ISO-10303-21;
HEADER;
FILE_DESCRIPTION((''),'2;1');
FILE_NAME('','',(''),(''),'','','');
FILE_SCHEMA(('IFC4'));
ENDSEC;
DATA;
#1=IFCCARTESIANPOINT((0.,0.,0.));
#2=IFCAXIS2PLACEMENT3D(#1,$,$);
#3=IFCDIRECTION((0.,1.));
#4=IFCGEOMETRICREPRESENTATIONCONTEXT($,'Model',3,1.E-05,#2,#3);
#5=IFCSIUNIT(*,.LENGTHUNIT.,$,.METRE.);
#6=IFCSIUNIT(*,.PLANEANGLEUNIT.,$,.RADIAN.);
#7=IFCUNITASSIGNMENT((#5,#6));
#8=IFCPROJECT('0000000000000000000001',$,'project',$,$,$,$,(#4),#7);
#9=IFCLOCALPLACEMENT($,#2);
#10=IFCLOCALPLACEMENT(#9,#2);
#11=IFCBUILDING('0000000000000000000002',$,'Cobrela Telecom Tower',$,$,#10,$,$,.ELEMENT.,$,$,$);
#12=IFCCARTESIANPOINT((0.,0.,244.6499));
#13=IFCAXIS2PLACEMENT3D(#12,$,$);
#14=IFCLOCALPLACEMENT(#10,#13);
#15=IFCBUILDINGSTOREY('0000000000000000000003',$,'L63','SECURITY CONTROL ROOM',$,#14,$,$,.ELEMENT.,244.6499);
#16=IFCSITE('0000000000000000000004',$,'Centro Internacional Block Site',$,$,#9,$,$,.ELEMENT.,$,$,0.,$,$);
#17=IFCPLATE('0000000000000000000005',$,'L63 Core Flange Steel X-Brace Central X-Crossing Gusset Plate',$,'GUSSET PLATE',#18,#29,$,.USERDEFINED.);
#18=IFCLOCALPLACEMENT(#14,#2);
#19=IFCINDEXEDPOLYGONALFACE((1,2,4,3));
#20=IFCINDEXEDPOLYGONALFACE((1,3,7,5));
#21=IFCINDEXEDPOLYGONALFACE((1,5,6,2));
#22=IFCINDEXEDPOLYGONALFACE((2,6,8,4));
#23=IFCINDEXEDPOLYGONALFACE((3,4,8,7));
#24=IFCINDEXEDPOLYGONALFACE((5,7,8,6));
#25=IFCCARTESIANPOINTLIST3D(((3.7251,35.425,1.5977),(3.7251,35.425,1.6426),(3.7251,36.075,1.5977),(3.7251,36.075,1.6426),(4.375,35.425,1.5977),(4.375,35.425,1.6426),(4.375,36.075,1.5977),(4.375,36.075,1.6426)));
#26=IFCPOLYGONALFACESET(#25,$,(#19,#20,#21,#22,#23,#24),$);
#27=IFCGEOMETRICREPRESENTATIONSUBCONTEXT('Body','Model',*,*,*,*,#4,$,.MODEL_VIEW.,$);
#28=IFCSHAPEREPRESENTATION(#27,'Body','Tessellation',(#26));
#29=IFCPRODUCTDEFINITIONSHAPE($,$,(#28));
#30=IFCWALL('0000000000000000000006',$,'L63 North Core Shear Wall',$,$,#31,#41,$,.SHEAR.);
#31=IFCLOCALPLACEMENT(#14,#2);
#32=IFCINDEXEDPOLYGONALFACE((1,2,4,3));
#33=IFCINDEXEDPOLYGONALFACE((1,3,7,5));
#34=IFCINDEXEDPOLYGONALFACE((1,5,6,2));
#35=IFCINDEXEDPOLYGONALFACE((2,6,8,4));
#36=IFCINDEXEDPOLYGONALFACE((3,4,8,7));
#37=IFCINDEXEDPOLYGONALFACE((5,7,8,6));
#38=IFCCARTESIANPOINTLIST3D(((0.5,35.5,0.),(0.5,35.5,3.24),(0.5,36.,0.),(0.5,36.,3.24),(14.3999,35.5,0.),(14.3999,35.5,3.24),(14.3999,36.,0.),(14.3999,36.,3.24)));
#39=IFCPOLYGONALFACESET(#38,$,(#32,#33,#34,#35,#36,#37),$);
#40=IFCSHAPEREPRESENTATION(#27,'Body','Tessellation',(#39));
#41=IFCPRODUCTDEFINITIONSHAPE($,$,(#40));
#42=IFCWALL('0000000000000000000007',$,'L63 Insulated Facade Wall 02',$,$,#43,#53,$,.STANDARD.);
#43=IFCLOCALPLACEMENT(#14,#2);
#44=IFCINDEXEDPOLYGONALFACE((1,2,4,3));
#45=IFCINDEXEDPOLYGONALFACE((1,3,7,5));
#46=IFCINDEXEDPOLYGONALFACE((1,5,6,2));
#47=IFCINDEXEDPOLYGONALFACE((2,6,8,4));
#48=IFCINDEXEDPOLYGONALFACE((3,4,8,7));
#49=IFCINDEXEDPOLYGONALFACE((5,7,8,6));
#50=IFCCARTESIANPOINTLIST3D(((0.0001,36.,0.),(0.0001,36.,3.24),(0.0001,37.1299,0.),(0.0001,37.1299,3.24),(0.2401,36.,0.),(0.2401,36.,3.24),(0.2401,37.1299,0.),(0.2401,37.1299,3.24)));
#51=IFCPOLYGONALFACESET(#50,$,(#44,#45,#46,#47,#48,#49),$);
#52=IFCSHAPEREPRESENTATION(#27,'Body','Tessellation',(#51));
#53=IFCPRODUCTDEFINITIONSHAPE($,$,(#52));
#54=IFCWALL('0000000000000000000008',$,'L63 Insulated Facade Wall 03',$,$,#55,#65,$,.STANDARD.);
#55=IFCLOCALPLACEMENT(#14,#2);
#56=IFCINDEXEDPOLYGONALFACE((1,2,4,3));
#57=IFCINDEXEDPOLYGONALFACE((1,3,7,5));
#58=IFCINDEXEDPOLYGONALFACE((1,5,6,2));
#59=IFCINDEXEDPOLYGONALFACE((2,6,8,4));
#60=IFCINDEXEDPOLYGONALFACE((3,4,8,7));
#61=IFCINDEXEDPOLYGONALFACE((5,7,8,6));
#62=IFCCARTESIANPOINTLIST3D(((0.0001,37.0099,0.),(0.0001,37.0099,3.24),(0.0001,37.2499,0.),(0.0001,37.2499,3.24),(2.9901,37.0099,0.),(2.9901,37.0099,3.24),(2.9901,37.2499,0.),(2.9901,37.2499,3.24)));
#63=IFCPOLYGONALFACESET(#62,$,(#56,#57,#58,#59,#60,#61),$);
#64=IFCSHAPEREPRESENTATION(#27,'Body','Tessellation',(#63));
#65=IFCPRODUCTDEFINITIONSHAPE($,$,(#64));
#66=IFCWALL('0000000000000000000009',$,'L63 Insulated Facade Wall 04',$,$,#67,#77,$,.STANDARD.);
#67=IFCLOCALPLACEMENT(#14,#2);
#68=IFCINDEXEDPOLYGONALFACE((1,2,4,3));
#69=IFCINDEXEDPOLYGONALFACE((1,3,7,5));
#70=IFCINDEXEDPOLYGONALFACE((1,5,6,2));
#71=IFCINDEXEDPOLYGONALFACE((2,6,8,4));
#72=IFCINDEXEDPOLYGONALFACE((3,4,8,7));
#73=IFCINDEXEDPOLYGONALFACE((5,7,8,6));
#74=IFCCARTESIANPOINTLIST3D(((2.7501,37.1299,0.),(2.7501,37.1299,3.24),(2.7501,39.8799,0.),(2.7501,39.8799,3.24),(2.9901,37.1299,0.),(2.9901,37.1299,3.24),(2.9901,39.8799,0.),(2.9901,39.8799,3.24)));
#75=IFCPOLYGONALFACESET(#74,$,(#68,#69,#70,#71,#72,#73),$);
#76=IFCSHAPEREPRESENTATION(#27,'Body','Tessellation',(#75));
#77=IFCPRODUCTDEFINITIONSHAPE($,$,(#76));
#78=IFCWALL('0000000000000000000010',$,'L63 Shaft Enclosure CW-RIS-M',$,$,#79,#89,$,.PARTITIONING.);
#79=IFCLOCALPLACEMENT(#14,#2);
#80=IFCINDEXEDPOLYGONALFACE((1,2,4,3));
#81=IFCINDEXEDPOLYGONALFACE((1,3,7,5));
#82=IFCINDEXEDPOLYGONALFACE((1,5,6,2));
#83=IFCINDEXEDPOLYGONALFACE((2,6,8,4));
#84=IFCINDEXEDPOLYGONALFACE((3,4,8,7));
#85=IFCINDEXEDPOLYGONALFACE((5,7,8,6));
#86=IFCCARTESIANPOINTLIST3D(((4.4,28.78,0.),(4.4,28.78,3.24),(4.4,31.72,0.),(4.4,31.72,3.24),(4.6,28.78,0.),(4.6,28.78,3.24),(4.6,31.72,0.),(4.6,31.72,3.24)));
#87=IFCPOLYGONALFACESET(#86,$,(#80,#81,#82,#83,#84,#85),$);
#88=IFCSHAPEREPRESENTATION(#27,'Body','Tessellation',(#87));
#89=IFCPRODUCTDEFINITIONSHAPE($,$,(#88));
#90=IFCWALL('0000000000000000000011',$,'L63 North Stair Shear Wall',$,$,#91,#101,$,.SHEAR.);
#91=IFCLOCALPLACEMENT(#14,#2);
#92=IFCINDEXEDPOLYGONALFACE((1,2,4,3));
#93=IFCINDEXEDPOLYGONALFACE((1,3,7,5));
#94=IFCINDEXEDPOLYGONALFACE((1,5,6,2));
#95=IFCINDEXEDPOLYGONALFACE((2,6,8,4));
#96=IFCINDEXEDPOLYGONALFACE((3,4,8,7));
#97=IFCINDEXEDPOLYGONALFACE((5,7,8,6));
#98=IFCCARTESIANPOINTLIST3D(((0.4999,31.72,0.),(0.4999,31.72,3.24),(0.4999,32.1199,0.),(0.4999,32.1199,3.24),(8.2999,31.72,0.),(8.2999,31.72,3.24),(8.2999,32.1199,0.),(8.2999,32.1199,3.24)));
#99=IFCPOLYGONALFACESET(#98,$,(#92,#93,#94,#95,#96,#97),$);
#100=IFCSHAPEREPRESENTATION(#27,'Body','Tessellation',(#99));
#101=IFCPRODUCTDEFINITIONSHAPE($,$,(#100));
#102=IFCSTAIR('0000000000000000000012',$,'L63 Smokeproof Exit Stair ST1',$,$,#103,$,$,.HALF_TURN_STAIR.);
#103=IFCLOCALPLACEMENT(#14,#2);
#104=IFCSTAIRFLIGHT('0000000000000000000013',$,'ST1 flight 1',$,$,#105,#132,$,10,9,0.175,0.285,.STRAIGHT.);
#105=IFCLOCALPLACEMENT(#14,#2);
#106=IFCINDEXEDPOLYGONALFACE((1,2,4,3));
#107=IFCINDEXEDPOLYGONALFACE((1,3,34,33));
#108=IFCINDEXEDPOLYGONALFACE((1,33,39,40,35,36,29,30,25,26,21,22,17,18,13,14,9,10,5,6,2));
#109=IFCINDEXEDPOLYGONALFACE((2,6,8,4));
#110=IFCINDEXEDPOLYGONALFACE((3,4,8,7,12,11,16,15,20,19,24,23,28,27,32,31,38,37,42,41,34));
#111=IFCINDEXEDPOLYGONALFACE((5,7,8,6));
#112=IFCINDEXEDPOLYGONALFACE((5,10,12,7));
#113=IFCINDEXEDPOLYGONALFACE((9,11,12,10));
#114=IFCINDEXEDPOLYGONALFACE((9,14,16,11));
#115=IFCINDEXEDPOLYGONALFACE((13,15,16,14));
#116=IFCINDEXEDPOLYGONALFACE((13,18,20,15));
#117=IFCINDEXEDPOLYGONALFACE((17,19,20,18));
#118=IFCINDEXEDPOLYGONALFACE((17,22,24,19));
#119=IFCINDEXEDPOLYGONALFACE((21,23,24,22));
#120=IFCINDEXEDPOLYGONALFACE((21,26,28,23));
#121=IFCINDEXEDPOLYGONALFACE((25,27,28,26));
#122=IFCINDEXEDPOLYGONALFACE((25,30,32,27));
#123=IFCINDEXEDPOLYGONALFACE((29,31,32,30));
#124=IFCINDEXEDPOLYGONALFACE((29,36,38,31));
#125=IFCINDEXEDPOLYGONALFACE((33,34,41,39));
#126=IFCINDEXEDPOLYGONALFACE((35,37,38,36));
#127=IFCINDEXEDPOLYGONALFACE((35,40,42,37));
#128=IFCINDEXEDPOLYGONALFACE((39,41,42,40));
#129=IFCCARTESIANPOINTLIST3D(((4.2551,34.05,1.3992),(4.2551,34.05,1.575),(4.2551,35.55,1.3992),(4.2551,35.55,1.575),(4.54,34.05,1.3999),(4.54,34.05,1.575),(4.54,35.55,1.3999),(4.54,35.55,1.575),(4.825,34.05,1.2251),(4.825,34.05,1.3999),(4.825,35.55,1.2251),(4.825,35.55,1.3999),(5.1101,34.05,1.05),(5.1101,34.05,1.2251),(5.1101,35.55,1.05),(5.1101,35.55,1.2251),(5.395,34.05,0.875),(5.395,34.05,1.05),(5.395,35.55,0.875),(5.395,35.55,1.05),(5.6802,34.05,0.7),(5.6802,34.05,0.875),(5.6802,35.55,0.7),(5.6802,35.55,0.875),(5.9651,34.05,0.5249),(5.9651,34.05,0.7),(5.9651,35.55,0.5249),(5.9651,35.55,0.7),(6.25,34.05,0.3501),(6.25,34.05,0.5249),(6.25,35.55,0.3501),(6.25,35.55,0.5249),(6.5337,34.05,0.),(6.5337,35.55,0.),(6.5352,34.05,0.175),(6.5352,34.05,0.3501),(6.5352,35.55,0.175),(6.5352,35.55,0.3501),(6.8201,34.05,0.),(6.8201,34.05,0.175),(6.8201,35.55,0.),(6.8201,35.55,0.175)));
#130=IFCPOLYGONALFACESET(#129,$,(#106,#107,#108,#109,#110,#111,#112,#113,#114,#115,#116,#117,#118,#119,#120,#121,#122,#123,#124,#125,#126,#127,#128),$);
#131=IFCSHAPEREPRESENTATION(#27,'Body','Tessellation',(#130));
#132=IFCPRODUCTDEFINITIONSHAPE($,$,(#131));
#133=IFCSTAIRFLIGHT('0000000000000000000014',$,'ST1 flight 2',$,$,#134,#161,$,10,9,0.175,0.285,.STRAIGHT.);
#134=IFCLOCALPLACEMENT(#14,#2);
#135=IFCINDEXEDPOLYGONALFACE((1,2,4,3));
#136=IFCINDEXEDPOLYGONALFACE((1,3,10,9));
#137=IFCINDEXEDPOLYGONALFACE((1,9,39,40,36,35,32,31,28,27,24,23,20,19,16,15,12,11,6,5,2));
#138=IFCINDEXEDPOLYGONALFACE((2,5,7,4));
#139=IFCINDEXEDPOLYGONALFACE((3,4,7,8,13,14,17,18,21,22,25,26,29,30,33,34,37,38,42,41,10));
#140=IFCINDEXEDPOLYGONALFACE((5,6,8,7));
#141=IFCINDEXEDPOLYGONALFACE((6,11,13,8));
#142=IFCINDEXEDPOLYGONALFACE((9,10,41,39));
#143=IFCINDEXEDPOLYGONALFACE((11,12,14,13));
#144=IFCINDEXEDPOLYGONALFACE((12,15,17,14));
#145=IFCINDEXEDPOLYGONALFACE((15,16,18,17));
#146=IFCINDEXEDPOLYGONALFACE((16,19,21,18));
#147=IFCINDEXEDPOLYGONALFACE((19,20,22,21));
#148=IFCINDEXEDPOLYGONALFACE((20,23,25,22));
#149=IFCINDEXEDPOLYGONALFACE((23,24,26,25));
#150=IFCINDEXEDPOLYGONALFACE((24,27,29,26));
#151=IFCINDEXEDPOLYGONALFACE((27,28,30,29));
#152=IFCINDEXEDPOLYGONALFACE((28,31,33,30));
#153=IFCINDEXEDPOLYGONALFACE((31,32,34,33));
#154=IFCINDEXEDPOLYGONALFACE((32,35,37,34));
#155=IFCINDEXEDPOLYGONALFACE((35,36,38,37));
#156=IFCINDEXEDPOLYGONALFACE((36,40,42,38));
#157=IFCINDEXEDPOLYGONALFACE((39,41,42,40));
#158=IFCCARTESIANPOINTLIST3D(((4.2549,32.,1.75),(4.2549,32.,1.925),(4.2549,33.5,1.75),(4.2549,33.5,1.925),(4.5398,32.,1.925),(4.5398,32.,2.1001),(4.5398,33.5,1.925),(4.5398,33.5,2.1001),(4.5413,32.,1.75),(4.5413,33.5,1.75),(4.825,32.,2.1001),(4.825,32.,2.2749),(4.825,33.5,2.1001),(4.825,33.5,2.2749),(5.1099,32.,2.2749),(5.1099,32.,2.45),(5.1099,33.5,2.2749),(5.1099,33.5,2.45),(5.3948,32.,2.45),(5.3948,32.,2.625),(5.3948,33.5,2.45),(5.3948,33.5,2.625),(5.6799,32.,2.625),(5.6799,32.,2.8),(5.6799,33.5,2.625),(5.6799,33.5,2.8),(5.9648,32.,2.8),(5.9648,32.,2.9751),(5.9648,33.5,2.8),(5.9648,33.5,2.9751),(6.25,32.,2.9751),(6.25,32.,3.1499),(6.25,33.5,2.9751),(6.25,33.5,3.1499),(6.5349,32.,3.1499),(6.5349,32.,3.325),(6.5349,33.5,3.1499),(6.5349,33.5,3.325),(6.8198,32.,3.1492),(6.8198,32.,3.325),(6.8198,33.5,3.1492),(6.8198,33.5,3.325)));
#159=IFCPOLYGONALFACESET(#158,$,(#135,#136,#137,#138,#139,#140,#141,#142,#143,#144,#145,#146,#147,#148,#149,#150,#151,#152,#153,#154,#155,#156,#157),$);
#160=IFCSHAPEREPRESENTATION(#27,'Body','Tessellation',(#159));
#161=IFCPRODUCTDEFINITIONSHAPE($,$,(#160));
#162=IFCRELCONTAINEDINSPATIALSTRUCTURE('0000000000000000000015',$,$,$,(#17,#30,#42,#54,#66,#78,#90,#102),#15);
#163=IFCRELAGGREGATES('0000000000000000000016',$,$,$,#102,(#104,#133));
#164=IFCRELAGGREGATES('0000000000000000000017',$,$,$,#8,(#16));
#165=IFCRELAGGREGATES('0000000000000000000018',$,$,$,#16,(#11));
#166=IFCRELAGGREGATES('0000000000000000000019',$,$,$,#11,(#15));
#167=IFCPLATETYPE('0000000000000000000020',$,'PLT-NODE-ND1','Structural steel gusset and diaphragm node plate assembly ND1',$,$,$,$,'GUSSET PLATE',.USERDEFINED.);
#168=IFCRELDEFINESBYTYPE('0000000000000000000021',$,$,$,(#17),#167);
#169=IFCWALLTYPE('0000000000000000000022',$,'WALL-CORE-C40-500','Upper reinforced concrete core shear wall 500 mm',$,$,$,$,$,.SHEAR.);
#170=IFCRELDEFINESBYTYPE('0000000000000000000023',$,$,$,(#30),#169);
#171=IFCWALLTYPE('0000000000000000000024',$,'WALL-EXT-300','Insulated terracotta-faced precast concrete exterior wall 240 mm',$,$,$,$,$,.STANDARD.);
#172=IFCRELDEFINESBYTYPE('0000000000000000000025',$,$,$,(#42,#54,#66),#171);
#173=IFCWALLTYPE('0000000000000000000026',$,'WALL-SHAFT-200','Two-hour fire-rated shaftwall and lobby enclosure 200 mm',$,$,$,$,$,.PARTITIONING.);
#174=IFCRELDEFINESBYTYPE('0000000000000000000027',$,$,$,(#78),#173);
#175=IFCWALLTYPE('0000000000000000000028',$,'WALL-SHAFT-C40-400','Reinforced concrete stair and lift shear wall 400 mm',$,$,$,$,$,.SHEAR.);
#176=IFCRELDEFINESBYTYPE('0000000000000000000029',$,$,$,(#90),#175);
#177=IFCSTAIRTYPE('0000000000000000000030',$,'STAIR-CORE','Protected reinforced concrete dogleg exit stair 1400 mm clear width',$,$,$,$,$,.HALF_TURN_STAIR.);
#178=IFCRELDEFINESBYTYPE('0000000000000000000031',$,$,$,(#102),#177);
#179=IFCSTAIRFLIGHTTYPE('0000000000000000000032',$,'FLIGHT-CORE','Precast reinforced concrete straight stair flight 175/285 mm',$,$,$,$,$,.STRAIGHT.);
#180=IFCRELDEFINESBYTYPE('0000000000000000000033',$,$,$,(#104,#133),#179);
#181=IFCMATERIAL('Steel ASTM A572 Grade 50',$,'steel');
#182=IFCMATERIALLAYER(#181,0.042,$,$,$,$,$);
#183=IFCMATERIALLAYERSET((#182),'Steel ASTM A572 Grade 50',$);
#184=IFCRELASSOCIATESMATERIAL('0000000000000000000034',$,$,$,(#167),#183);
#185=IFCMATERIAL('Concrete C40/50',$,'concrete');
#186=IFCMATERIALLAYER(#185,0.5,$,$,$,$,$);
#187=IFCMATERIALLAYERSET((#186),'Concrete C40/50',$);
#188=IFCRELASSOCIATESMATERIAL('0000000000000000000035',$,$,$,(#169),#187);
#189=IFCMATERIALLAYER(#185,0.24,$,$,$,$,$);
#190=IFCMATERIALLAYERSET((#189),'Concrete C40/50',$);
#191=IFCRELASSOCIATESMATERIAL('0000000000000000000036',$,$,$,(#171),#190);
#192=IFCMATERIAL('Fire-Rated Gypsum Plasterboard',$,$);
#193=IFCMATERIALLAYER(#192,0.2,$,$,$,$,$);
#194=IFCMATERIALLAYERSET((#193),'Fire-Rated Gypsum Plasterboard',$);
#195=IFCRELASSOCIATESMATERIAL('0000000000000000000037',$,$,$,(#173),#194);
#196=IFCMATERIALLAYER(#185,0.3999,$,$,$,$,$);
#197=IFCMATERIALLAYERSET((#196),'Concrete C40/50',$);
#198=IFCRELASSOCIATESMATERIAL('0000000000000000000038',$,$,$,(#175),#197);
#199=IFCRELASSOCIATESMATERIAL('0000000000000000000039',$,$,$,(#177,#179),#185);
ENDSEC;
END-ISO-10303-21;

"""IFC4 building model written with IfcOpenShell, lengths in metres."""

from ifc_helpers import new_model, si_unit, direction, frame, frame_2d, origin, origin_2d, place, context, subcontext, project, spatial, polyline, rectangle, outline, extrude, material, layer, layer_set, type_object, element, aggregate, save


model = new_model("IFC4")

# Units and contexts
model_context = context("Model", 3, precision=1e-05, world=origin(), true_north=direction((0.0, 1.0)))
body_context = subcontext(model_context, "Body", "Model", "MODEL_VIEW")
ifc_project = project(units=[si_unit("LENGTHUNIT", "METRE"), si_unit("PLANEANGLEUNIT", "RADIAN")], contexts=[model_context])

# Site, building, storey
site_placement = place(None, origin())
site = spatial("IfcSite", under=ifc_project, at=site_placement, Name="Centro Internacional Block Site", CompositionType="ELEMENT", RefElevation=0.0)
building_placement = place(site_placement, origin())
building = spatial("IfcBuilding", under=site, at=building_placement, Name="Cobrela Telecom Tower", CompositionType="ELEMENT")
storey_placement = place(building_placement, frame((0.0, 0.0, 244.6499)))
storey = spatial("IfcBuildingStorey", under=building, at=storey_placement, Name="L63", Description="SECURITY CONTROL ROOM", CompositionType="ELEMENT", Elevation=244.6499)

# Shared definitions
ifc_material_1 = material(Name="Steel ASTM A572 Grade 50", Category="steel")

# Plate
ifc_layer_1 = layer(ifc_material_1, 0.042)
ifc_layer_set_1 = layer_set([ifc_layer_1], Name="Steel ASTM A572 Grade 50")
plate_type_1 = type_object("IfcPlateType", Name="PLT-NODE-ND1", Description="Structural steel gusset and diaphragm node plate assembly ND1", ElementType="GUSSET PLATE", PredefinedType="USERDEFINED", material=ifc_layer_set_1)
plate_1_placement = place(storey_placement, frame((4.05, 35.75, 1.5977), z_axis=(0.0, 0.0, 1.0), x_axis=(1.0, 0.0, 0.0)))
element("IfcPlate", 1, at=plate_1_placement, inside=storey, type_object=plate_type_1, Name="L63 Core Flange Steel X-Brace Central X-Crossing Gusset Plate", ObjectType="GUSSET PLATE", PredefinedType="USERDEFINED", context=body_context, shape_type="SweptSolid", body=[
    extrude(rectangle(XDim=0.6499, YDim=0.6499, at=origin_2d()), origin(), (0.0, 0.0, 1.0), 0.0449),
])

# Walls
ifc_material_2 = material(Name="Concrete C40/50", Category="concrete")
ifc_layer_2 = layer(ifc_material_2, 0.5)
ifc_layer_set_2 = layer_set([ifc_layer_2], Name="Concrete C40/50")
wall_type_1 = type_object("IfcWallType", Name="WALL-CORE-C40-500", Description="Upper reinforced concrete core shear wall 500 mm", PredefinedType="SHEAR", material=ifc_layer_set_2)
wall_1_placement = place(storey_placement, frame((0.5, 35.75, 0.0), z_axis=(0.0, 0.0, 1.0), x_axis=(1.0, 0.0, 0.0)))
element("IfcWall", 2, at=wall_1_placement, inside=storey, type_object=wall_type_1, Name="L63 North Core Shear Wall", PredefinedType="SHEAR", context=body_context, shape_type="SweptSolid", body=[
    extrude(rectangle(XDim=13.8999, YDim=0.5, at=frame_2d((6.95, 0.0))), origin(), (0.0, 0.0, 1.0), 3.24),
])
ifc_layer_3 = layer(ifc_material_2, 0.24)
ifc_layer_set_3 = layer_set([ifc_layer_3], Name="Concrete C40/50")
wall_type_2 = type_object("IfcWallType", Name="WALL-EXT-300", Description="Insulated terracotta-faced precast concrete exterior wall 240 mm", PredefinedType="STANDARD", material=ifc_layer_set_3)
wall_2_placement = place(storey_placement, frame((0.1201, 36.0, 0.0), z_axis=(0.0, 0.0, 1.0), x_axis=(0.0, 1.0, 0.0)))
element("IfcWall", 3, at=wall_2_placement, inside=storey, type_object=wall_type_2, Name="L63 Insulated Facade Wall 02", PredefinedType="STANDARD", context=body_context, shape_type="SweptSolid", body=[
    extrude(rectangle(XDim=1.1299, YDim=0.24, at=frame_2d((0.5649, 0.0))), origin(), (0.0, 0.0, 1.0), 3.24),
])
wall_3_placement = place(storey_placement, frame((0.0, 37.1299, 0.0), z_axis=(0.0, 0.0, 1.0), x_axis=(1.0, 0.0, 0.0)))
element("IfcWall", 4, at=wall_3_placement, inside=storey, type_object=wall_type_2, Name="L63 Insulated Facade Wall 03", PredefinedType="STANDARD", context=body_context, shape_type="SweptSolid", body=[
    extrude(rectangle(XDim=2.99, YDim=0.24, at=frame_2d((1.4951, 0.0))), origin(), (0.0, 0.0, 1.0), 3.24),
])
wall_4_placement = place(storey_placement, frame((2.8701, 37.1299, 0.0), z_axis=(0.0, 0.0, 1.0), x_axis=(0.0, 1.0, 0.0)))
element("IfcWall", 5, at=wall_4_placement, inside=storey, type_object=wall_type_2, Name="L63 Insulated Facade Wall 04", PredefinedType="STANDARD", context=body_context, shape_type="SweptSolid", body=[
    extrude(rectangle(XDim=2.75, YDim=0.24, at=frame_2d((1.375, 0.0))), origin(), (0.0, 0.0, 1.0), 3.24),
])

# Shared definitions
ifc_material_3 = material(Name="Fire-Rated Gypsum Plasterboard")
ifc_layer_4 = layer(ifc_material_3, 0.2)
ifc_layer_set_4 = layer_set([ifc_layer_4], Name="Fire-Rated Gypsum Plasterboard")
wall_type_3 = type_object("IfcWallType", Name="WALL-SHAFT-200", Description="Two-hour fire-rated shaftwall and lobby enclosure 200 mm", PredefinedType="PARTITIONING", material=ifc_layer_set_4)

# Walls
wall_5_placement = place(storey_placement, frame((4.5, 28.78, 0.0), z_axis=(0.0, 0.0, 1.0), x_axis=(0.0, 1.0, 0.0)))
element("IfcWall", 6, at=wall_5_placement, inside=storey, type_object=wall_type_3, Name="L63 Shaft Enclosure CW-RIS-M", PredefinedType="PARTITIONING", context=body_context, shape_type="SweptSolid", body=[
    extrude(rectangle(XDim=2.9399, YDim=0.2, at=frame_2d((1.47, 0.0))), origin(), (0.0, 0.0, 1.0), 3.24),
])
ifc_layer_5 = layer(ifc_material_2, 0.3999)
ifc_layer_set_5 = layer_set([ifc_layer_5], Name="Concrete C40/50")
wall_type_4 = type_object("IfcWallType", Name="WALL-SHAFT-C40-400", Description="Reinforced concrete stair and lift shear wall 400 mm", PredefinedType="SHEAR", material=ifc_layer_set_5)
wall_6_placement = place(storey_placement, frame((0.5, 31.9199, 0.0), z_axis=(0.0, 0.0, 1.0), x_axis=(1.0, 0.0, 0.0)))
element("IfcWall", 7, at=wall_6_placement, inside=storey, type_object=wall_type_4, Name="L63 North Stair Shear Wall", PredefinedType="SHEAR", context=body_context, shape_type="SweptSolid", body=[
    extrude(rectangle(XDim=7.8, YDim=0.3999, at=frame_2d((3.8999, 0.0))), origin(), (0.0, 0.0, 1.0), 3.24),
])

# Stair, stair flights
stair_type = type_object("IfcStairType", Name="STAIR-CORE", Description="Protected reinforced concrete dogleg exit stair 1400 mm clear width", PredefinedType="HALF_TURN_STAIR", material=ifc_material_2)
stair_placement = place(storey_placement, origin())
stair = element("IfcStair", 8, at=stair_placement, inside=storey, type_object=stair_type, Name="L63 Smokeproof Exit Stair ST1", PredefinedType="HALF_TURN_STAIR")
stair_flight_type = type_object("IfcStairFlightType", Name="FLIGHT-CORE", Description="Precast reinforced concrete straight stair flight 175/285 mm", PredefinedType="STRAIGHT", material=ifc_material_2)
stair_flight_1_placement = place(storey_placement, frame((6.8201, 34.8, 0.0), z_axis=(0.0, 0.0, 1.0), x_axis=(-1.0, 0.0, 0.0)))
stair_flight_1 = element("IfcStairFlight", 9, at=stair_flight_1_placement, type_object=stair_flight_type, Name="ST1 flight 1", NumberOfRisers=10, NumberOfTreads=9, PredefinedType="STRAIGHT", RiserHeight=0.175, TreadLength=0.285, context=body_context, shape_type="SweptSolid", body=[
    extrude(outline(polyline([(0.0, 0.0), (0.0, 0.175), (0.2849, 0.175), (0.2849, 0.3501), (0.5701, 0.3501), (0.5701, 0.5249), (0.855, 0.5249), (0.855, 0.7), (1.1399, 0.7), (1.1399, 0.875), (1.425, 0.875), (1.425, 1.05), (1.71, 1.05), (1.71, 1.2251), (1.9951, 1.2251), (1.9951, 1.3999), (2.28, 1.3999), (2.28, 1.575), (2.5649, 1.575), (2.5649, 1.75), (2.5649, 1.3992), (0.2864, 0.0), (0.0, 0.0)])), frame((0.0, 0.75, 0.0), z_axis=(0.0, -1.0, 0.0), x_axis=(1.0, 0.0, 0.0)), (0.0, 0.0, 1.0), 1.5),
])
stair_flight_2_placement = place(storey_placement, frame((4.2549, 32.75, 1.75), z_axis=(0.0, 0.0, 1.0), x_axis=(1.0, 0.0, 0.0)))
stair_flight_2 = element("IfcStairFlight", 10, at=stair_flight_2_placement, type_object=stair_flight_type, Name="ST1 flight 2", NumberOfRisers=10, NumberOfTreads=9, PredefinedType="STRAIGHT", RiserHeight=0.175, TreadLength=0.285, context=body_context, shape_type="SweptSolid", body=[
    extrude(outline(polyline([(0.0, 0.0), (0.0, 0.175), (0.2849, 0.175), (0.2849, 0.3501), (0.5701, 0.3501), (0.5701, 0.5249), (0.855, 0.5249), (0.855, 0.7), (1.1399, 0.7), (1.1399, 0.875), (1.425, 0.875), (1.425, 1.05), (1.71, 1.05), (1.71, 1.2251), (1.9951, 1.2251), (1.9951, 1.3999), (2.28, 1.3999), (2.28, 1.575), (2.5649, 1.575), (2.5649, 1.75), (2.5649, 1.3992), (0.2864, 0.0), (0.0, 0.0)])), frame((0.0, 0.75, 0.0), z_axis=(0.0, -1.0, 0.0), x_axis=(1.0, 0.0, 0.0)), (0.0, 0.0, 1.0), 1.5),
])
aggregate(stair, [stair_flight_1, stair_flight_2])

save(model, "model.ifc")
